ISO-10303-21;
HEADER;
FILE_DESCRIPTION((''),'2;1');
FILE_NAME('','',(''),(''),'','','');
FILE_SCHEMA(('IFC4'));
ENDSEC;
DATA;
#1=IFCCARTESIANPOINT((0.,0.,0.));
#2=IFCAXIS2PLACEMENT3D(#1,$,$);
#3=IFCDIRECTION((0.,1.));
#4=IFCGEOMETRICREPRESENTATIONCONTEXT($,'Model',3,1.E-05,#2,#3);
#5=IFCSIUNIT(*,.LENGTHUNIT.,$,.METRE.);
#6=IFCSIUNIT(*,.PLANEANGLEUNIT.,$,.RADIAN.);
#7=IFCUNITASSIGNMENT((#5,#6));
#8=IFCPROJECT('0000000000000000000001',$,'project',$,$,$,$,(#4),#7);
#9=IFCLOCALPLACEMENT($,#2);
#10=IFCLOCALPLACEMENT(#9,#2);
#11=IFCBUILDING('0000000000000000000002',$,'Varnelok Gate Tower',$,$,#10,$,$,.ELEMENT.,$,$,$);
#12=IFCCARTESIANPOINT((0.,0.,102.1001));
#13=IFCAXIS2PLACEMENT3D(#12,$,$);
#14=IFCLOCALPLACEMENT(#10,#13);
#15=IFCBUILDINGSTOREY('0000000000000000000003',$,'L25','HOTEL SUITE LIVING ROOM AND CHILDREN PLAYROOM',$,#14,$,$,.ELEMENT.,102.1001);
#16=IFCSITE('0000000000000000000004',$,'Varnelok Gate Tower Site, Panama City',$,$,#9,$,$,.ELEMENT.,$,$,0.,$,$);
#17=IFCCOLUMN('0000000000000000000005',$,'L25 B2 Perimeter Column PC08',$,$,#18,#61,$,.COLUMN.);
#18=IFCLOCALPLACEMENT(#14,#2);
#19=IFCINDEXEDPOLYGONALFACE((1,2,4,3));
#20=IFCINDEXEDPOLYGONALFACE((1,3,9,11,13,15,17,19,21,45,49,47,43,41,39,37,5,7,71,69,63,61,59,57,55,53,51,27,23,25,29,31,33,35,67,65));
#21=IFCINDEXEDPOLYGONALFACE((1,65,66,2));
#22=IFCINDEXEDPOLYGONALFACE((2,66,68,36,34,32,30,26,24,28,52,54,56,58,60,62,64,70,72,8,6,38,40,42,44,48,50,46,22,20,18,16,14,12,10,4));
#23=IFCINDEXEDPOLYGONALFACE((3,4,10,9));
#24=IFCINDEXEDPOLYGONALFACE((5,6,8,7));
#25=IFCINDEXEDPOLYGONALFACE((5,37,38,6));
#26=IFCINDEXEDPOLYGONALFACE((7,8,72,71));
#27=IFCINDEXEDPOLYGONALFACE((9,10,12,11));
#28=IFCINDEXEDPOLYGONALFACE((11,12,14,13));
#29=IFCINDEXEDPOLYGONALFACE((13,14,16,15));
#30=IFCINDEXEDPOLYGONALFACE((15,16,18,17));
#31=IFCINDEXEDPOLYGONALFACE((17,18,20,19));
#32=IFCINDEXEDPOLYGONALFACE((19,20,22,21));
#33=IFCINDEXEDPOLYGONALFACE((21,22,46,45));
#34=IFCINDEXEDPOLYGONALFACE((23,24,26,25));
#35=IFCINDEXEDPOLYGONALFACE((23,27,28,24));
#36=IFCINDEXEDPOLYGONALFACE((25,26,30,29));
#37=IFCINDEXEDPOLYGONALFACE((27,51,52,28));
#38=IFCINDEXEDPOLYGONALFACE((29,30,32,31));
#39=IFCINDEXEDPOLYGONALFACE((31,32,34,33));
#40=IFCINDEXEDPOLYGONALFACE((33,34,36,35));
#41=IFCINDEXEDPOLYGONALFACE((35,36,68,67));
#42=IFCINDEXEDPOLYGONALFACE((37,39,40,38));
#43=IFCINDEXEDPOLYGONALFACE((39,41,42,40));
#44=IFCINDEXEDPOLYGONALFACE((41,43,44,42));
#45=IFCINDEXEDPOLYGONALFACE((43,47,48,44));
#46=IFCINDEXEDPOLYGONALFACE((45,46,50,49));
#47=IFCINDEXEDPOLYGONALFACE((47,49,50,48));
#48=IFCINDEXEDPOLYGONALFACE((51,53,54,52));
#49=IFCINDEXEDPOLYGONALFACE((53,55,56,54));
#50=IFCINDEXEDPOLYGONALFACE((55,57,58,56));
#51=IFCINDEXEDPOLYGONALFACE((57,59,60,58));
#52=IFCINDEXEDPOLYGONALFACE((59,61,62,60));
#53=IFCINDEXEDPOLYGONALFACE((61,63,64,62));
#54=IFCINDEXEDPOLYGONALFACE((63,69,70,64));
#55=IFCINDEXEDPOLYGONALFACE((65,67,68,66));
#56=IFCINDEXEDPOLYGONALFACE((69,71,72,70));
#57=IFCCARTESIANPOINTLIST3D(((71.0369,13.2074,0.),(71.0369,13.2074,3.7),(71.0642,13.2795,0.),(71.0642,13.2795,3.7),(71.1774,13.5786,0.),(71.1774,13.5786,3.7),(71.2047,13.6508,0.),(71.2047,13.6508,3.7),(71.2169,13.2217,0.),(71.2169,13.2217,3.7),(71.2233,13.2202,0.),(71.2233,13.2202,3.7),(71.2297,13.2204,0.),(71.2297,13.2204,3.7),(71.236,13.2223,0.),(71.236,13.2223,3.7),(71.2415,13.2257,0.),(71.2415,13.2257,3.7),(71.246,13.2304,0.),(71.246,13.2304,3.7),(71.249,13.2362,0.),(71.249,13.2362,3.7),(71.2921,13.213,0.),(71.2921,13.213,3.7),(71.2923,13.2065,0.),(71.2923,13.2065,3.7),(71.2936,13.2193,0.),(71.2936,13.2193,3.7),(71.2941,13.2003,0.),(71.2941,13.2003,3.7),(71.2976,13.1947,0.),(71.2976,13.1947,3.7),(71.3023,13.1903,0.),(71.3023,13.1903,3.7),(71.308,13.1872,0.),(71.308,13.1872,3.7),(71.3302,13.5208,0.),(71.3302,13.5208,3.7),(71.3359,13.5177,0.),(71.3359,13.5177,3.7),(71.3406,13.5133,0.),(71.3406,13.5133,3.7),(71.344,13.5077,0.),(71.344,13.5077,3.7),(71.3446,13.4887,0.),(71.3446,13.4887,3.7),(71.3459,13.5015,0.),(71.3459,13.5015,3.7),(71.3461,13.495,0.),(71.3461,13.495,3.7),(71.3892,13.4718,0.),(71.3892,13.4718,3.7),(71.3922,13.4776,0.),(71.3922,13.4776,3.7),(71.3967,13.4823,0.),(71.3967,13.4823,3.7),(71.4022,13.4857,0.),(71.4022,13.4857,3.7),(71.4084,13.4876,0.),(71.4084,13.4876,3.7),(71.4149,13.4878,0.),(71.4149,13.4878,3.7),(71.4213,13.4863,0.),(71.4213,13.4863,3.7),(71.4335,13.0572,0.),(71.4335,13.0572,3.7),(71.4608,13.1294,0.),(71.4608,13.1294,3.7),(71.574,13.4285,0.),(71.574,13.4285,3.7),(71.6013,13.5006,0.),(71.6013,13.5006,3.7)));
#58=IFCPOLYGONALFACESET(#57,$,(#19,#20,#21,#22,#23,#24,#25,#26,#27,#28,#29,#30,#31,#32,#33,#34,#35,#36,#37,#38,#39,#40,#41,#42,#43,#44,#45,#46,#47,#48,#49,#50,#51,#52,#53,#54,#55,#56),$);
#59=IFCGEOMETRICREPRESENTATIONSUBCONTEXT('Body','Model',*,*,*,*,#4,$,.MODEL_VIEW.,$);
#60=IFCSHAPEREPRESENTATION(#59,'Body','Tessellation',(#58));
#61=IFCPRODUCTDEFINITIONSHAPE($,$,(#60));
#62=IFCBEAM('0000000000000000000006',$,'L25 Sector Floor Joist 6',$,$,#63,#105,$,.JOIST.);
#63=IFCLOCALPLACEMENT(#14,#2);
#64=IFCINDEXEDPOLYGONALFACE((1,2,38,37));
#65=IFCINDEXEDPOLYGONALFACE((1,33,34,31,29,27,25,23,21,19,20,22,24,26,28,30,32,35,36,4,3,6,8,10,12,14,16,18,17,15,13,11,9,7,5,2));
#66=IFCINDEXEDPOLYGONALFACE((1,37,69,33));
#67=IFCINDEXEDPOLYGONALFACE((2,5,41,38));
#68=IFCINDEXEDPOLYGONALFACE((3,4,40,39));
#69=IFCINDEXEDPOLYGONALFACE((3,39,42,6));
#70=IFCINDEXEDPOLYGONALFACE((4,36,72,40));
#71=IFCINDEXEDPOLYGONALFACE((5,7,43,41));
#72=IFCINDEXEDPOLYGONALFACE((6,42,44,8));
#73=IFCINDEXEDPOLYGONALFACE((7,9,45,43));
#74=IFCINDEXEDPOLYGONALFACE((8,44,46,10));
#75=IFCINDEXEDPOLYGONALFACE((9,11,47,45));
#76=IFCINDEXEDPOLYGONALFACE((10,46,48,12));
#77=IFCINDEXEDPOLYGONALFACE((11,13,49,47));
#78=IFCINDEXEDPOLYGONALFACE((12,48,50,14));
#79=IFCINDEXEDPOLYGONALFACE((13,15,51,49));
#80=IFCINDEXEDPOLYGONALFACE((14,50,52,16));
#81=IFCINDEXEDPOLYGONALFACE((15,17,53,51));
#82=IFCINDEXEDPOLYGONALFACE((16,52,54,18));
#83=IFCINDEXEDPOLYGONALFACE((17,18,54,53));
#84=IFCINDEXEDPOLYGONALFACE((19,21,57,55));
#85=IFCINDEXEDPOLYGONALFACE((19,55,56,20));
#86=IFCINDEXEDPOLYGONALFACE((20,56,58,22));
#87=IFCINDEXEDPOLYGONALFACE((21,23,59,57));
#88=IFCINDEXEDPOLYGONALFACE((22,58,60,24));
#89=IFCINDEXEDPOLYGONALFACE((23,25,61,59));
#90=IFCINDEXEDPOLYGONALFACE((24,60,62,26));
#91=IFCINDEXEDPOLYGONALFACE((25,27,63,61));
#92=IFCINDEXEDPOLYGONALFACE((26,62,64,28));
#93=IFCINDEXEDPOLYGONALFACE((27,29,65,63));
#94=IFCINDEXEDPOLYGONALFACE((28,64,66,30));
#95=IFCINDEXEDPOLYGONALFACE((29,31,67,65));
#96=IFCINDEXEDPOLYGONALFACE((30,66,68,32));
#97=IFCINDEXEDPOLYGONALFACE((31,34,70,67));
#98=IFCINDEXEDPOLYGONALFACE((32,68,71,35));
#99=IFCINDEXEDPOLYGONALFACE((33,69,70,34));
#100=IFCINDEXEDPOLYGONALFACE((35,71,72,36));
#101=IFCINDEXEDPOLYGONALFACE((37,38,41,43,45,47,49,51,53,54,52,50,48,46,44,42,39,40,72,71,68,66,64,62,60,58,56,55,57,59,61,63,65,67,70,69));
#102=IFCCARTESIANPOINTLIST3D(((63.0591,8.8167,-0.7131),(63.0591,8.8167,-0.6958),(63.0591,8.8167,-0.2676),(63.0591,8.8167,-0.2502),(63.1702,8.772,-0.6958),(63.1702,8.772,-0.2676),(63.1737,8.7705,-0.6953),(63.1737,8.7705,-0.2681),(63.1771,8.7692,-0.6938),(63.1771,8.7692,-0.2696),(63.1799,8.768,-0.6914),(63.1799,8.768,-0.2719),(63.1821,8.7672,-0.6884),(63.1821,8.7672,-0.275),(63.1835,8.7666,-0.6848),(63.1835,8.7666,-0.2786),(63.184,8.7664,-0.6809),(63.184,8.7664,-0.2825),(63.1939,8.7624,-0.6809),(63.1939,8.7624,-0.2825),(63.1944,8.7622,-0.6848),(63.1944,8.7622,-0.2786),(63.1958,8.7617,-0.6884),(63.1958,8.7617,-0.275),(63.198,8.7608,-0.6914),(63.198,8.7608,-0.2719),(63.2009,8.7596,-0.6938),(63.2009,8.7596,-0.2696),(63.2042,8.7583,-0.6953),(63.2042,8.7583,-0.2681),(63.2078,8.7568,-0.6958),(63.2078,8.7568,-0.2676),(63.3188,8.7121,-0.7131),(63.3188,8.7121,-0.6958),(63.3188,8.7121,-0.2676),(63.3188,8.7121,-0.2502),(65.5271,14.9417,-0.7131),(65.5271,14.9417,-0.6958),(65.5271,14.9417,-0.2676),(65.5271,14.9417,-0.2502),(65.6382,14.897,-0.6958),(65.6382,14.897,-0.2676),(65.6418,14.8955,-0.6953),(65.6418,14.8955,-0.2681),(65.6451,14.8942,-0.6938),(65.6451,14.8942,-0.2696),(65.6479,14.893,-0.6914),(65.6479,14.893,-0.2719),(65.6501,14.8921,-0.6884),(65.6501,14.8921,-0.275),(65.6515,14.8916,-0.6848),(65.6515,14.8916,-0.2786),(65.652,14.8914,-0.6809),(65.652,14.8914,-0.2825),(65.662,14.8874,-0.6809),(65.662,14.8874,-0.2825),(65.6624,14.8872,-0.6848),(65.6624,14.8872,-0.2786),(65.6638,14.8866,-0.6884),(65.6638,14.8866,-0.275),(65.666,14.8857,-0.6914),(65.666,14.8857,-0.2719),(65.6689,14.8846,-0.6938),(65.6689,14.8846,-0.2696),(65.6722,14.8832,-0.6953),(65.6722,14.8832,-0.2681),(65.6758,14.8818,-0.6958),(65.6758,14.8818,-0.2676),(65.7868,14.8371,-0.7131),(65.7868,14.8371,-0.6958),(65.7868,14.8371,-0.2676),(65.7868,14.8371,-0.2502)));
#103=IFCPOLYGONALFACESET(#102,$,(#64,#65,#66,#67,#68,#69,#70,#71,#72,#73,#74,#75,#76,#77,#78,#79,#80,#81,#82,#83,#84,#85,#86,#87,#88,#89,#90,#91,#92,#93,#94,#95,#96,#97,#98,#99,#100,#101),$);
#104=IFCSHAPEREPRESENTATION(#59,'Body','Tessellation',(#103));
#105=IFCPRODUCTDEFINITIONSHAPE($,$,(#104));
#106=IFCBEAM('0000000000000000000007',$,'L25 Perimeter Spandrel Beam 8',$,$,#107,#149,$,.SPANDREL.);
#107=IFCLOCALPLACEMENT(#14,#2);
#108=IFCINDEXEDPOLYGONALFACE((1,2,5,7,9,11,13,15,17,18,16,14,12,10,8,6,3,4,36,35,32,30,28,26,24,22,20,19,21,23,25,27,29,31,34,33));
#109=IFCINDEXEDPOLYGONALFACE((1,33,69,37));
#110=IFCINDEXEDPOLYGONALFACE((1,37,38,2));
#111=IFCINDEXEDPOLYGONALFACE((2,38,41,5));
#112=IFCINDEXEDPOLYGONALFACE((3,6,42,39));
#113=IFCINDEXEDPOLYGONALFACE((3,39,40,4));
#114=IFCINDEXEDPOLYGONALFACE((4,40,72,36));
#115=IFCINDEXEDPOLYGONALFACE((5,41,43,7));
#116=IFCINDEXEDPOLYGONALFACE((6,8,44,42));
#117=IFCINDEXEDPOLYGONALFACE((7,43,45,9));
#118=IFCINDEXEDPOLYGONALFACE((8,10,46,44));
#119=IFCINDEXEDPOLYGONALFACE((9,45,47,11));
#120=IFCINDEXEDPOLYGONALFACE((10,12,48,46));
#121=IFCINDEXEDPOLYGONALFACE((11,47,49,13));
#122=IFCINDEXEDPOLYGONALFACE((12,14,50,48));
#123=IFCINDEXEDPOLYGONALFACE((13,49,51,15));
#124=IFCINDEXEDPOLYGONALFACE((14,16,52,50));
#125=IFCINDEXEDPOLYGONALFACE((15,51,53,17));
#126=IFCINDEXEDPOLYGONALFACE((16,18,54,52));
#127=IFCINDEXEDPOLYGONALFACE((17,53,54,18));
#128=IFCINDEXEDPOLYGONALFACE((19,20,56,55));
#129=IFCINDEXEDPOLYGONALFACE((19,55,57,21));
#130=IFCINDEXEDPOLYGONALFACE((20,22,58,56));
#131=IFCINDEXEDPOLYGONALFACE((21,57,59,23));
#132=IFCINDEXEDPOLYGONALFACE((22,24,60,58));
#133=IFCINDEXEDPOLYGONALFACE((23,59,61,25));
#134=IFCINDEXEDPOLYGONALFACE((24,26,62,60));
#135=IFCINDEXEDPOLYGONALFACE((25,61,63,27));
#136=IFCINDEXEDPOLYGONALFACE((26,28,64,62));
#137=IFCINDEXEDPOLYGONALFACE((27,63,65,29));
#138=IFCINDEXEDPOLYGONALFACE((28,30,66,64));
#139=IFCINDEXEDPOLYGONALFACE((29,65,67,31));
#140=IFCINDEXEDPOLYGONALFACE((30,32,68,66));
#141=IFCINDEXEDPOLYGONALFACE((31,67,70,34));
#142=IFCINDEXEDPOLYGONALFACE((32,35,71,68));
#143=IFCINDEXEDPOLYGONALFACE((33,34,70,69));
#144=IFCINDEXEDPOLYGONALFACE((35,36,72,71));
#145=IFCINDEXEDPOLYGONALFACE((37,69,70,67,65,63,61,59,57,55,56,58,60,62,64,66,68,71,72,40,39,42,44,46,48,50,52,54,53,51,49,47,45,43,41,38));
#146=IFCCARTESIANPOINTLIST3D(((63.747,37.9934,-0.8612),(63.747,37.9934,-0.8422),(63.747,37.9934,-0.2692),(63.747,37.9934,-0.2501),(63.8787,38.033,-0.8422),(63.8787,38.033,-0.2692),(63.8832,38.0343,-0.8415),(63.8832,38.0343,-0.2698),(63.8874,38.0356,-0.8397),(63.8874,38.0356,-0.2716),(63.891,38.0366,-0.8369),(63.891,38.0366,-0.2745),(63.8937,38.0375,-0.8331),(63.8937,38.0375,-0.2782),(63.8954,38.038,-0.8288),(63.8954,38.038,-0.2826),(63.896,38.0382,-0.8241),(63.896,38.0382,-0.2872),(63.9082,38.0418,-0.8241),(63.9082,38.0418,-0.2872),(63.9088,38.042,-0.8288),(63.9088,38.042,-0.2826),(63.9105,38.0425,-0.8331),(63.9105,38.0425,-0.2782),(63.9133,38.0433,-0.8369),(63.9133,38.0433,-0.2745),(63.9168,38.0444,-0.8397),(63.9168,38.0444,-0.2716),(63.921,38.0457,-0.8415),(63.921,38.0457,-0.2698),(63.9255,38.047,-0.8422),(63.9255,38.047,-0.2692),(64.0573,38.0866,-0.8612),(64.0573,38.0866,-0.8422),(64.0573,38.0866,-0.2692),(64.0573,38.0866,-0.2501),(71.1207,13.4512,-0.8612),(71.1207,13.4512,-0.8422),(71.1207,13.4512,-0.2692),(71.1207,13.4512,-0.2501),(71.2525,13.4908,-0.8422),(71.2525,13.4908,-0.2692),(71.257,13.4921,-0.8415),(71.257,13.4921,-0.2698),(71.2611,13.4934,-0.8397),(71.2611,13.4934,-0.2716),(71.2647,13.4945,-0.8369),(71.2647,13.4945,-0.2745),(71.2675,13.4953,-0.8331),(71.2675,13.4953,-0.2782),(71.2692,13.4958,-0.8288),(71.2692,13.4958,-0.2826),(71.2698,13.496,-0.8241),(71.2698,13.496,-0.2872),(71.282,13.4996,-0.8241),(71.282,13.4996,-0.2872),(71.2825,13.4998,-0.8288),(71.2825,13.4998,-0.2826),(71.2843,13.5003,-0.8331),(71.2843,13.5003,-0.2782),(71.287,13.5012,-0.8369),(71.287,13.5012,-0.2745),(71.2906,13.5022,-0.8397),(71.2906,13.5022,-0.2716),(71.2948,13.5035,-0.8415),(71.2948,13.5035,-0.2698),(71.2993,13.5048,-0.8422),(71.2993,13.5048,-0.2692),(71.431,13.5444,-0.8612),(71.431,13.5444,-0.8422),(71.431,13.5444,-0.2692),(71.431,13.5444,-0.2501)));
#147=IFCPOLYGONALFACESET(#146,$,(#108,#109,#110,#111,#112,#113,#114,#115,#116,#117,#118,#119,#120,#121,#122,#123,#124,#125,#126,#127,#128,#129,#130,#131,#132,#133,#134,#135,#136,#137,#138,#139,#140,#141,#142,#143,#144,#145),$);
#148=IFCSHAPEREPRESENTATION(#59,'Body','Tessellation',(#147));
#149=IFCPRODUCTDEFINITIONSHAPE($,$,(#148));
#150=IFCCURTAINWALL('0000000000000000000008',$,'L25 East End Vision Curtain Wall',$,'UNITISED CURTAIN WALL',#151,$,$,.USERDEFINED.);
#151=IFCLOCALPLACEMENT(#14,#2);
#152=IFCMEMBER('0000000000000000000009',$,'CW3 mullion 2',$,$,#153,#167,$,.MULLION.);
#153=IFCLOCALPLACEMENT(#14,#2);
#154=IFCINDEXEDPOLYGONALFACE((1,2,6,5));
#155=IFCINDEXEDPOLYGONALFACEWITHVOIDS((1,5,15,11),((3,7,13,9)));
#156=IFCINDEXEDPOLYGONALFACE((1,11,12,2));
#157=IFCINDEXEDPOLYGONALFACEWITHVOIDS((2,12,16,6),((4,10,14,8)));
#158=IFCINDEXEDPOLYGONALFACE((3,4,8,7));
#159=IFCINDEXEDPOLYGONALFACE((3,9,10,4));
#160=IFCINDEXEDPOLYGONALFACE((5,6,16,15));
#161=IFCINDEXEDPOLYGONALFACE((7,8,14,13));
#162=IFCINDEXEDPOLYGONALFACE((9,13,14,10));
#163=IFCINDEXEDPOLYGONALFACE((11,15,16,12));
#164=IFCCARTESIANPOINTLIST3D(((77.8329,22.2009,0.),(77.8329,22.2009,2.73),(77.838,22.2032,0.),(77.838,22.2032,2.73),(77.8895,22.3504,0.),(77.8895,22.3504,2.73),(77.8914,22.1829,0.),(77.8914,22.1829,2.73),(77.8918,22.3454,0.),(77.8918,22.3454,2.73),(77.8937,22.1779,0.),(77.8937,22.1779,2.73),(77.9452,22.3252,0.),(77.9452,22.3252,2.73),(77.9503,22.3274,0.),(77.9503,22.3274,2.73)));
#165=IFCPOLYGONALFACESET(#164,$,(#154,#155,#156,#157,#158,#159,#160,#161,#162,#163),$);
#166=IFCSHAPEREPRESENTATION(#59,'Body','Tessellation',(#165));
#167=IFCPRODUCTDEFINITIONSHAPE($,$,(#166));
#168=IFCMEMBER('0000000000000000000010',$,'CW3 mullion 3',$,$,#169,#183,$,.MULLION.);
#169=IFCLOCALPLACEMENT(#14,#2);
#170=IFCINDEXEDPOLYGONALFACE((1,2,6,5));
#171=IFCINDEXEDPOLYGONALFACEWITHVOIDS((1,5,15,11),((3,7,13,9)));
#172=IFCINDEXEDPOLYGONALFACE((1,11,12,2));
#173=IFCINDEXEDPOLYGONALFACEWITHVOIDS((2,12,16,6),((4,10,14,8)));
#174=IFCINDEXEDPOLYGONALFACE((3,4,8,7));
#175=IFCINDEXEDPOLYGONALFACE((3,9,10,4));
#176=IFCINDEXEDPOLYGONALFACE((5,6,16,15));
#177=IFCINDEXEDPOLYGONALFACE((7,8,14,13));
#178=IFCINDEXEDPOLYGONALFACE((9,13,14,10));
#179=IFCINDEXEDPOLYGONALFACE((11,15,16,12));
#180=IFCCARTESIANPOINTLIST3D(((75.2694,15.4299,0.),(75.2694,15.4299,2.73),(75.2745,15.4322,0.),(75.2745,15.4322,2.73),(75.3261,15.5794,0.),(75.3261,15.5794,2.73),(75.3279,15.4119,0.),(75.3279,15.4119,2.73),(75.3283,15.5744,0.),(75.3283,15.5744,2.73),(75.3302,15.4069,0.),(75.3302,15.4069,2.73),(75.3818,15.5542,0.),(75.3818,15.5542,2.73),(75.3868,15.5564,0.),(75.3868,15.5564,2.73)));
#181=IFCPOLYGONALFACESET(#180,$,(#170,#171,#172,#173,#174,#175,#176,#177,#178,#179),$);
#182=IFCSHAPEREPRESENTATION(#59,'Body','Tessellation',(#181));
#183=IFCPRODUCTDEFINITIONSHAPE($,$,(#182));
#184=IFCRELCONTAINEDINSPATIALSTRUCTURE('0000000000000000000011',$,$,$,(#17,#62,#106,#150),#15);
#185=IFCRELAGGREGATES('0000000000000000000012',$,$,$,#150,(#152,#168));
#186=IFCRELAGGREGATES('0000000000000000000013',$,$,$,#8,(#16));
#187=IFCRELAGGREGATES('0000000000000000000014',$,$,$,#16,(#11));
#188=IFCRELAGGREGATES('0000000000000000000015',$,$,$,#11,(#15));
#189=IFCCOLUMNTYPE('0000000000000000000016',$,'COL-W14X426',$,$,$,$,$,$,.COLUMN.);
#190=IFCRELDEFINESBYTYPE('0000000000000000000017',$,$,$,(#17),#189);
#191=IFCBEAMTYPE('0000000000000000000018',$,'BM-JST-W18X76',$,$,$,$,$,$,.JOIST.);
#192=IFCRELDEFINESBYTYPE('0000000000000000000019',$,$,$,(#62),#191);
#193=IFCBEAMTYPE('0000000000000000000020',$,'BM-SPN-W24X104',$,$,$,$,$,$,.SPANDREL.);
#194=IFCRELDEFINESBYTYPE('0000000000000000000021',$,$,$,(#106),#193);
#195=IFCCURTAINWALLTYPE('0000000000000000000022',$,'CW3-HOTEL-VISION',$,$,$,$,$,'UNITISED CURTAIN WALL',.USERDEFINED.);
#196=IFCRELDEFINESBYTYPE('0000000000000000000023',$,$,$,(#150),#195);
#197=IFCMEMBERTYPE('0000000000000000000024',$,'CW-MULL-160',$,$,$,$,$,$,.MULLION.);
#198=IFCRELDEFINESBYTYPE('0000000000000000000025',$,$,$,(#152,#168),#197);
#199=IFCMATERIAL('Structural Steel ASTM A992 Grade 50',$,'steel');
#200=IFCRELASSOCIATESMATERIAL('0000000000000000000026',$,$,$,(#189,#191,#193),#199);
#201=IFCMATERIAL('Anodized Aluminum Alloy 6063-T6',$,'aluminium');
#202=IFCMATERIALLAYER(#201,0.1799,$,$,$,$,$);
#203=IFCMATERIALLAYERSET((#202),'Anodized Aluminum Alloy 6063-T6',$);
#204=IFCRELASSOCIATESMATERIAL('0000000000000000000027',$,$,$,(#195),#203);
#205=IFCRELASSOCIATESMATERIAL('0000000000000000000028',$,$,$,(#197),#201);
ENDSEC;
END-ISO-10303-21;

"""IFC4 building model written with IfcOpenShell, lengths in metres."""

from ifc_helpers import new_model, si_unit, direction, frame, origin, origin_2d, place, context, subcontext, project, spatial, hollow_rectangle, i_section, extrude, material, layer, layer_set, material_profile, profile_set, type_object, element, aggregate, save


model = new_model("IFC4")

# Units and contexts
model_context = context("Model", 3, precision=1e-05, world=origin(), true_north=direction((0.0, 1.0)))
body_context = subcontext(model_context, "Body", "Model", "MODEL_VIEW")
ifc_project = project(units=[si_unit("LENGTHUNIT", "METRE"), si_unit("PLANEANGLEUNIT", "RADIAN")], contexts=[model_context])

# Site, building, storey
site_placement = place(None, origin())
site = spatial("IfcSite", under=ifc_project, at=site_placement, Name="Varnelok Gate Tower Site, Panama City", CompositionType="ELEMENT", RefElevation=0.0)
building_placement = place(site_placement, origin())
building = spatial("IfcBuilding", under=site, at=building_placement, Name="Varnelok Gate Tower", CompositionType="ELEMENT")
storey_placement = place(building_placement, frame((0.0, 0.0, 102.1001)))
storey = spatial("IfcBuildingStorey", under=building, at=storey_placement, Name="L25", Description="HOTEL SUITE LIVING ROOM AND CHILDREN PLAYROOM", CompositionType="ELEMENT", Elevation=102.1001)

# Column
ifc_material_1 = material(Name="Structural Steel ASTM A992 Grade 50", Category="steel")
ifc_material_profile_1 = material_profile(ifc_material_1, i_section(OverallWidth=0.4241, OverallDepth=0.4741, WebThickness=0.0476, FlangeThickness=0.0771, FilletRadius=0.0249, at=origin_2d()), Name="W14X426")
ifc_profile_set_1 = profile_set([ifc_material_profile_1], Name="Structural Steel ASTM A992 Grade 50")
column_type = type_object("IfcColumnType", Name="COL-W14X426", PredefinedType="COLUMN", material=ifc_profile_set_1)
column_placement = place(storey_placement, frame((71.3191, 13.354, 0.0), z_axis=(0.0, 0.0, 1.0), x_axis=(0.935222, -0.354063, 0.0)))
element("IfcColumn", 1, at=column_placement, inside=storey, type_object=column_type, Name="L25 B2 Perimeter Column PC08", PredefinedType="COLUMN", context=body_context, shape_type="SweptSolid", body=[
    extrude(i_section(OverallWidth=0.4241, OverallDepth=0.4741, WebThickness=0.0476, FlangeThickness=0.0771, FilletRadius=0.0249, at=origin_2d()), origin(), (0.0, 0.0, 1.0), 3.7),
])

# Beams
ifc_material_profile_2 = material_profile(ifc_material_1, i_section(OverallWidth=0.28, OverallDepth=0.4629, WebThickness=0.0107, FlangeThickness=0.0173, FilletRadius=0.0149, at=origin_2d()), Name="W18X76")
ifc_profile_set_2 = profile_set([ifc_material_profile_2], Name="Structural Steel ASTM A992 Grade 50")
beam_type_1 = type_object("IfcBeamType", Name="BM-JST-W18X76", PredefinedType="JOIST", material=ifc_profile_set_2)
beam_1_placement = place(storey_placement, frame((63.189, 8.7644, -0.4817), z_axis=(0.373742, 0.927533, 0.0), x_axis=(-0.927533, 0.373742, 0.0)))
element("IfcBeam", 2, at=beam_1_placement, inside=storey, type_object=beam_type_1, Name="L25 Sector Floor Joist 6", PredefinedType="JOIST", context=body_context, shape_type="SweptSolid", body=[
    extrude(i_section(OverallWidth=0.28, OverallDepth=0.4629, WebThickness=0.0107, FlangeThickness=0.0173, FilletRadius=0.0149, at=origin_2d()), origin(), (0.0, 0.0, 1.0), 6.6035),
])
ifc_material_profile_3 = material_profile(ifc_material_1, i_section(OverallWidth=0.324, OverallDepth=0.6111, WebThickness=0.0127, FlangeThickness=0.019, FilletRadius=0.0181, at=origin_2d()), Name="W24X104")
ifc_profile_set_3 = profile_set([ifc_material_profile_3], Name="Structural Steel ASTM A992 Grade 50")
beam_type_2 = type_object("IfcBeamType", Name="BM-SPN-W24X104", PredefinedType="SPANDREL", material=ifc_profile_set_3)
beam_2_placement = place(storey_placement, frame((71.2759, 13.4978, -0.5557), z_axis=(-0.287746, 0.957707, 0.0), x_axis=(-0.957707, -0.287746, 0.0)))
element("IfcBeam", 3, at=beam_2_placement, inside=storey, type_object=beam_type_2, Name="L25 Perimeter Spandrel Beam 8", PredefinedType="SPANDREL", context=body_context, shape_type="SweptSolid", body=[
    extrude(i_section(OverallWidth=0.324, OverallDepth=0.6111, WebThickness=0.0127, FlangeThickness=0.019, FilletRadius=0.0181, at=origin_2d()), origin(), (0.0, 0.0, 1.0), 25.626),
])

# Curtain wall, members
ifc_material_2 = material(Name="Anodized Aluminum Alloy 6063-T6", Category="aluminium")
ifc_layer_1 = layer(ifc_material_2, 0.1799)
ifc_layer_set_1 = layer_set([ifc_layer_1], Name="Anodized Aluminum Alloy 6063-T6")
curtain_wall_type = type_object("IfcCurtainWallType", Name="CW3-HOTEL-VISION", ElementType="UNITISED CURTAIN WALL", PredefinedType="USERDEFINED", material=ifc_layer_set_1)
curtain_wall_placement = place(storey_placement, origin())
curtain_wall = element("IfcCurtainWall", 4, at=curtain_wall_placement, inside=storey, type_object=curtain_wall_type, Name="L25 East End Vision Curtain Wall", ObjectType="UNITISED CURTAIN WALL", PredefinedType="USERDEFINED")
ifc_material_profile_4 = material_profile(ifc_material_2, hollow_rectangle(XDim=0.0649, YDim=0.1599, WallThickness=0.0039, at=origin_2d()), Name="ALU160X65X4")
ifc_profile_set_4 = profile_set([ifc_material_profile_4], Name="Anodized Aluminum Alloy 6063-T6")
member_type_1 = type_object("IfcMemberType", Name="CW-MULL-160", PredefinedType="MULLION", material=ifc_profile_set_4)
member_1_placement = place(storey_placement, frame((77.8916, 22.2642, 0.0), z_axis=(0.0, 0.0, 1.0), x_axis=(0.935221, -0.354064, 0.0)))
member_1 = element("IfcMember", 5, at=member_1_placement, type_object=member_type_1, Name="CW3 mullion 2", PredefinedType="MULLION", context=body_context, shape_type="SweptSolid", body=[
    extrude(hollow_rectangle(XDim=0.0649, YDim=0.1599, WallThickness=0.0039, at=origin_2d()), origin(), (0.0, 0.0, 1.0), 2.73),
])
member_2_placement = place(storey_placement, frame((75.3281, 15.4932, 0.0), z_axis=(0.0, 0.0, 1.0), x_axis=(0.935221, -0.354064, 0.0)))
member_2 = element("IfcMember", 6, at=member_2_placement, type_object=member_type_1, Name="CW3 mullion 3", PredefinedType="MULLION", context=body_context, shape_type="SweptSolid", body=[
    extrude(hollow_rectangle(XDim=0.0649, YDim=0.1599, WallThickness=0.0039, at=origin_2d()), origin(), (0.0, 0.0, 1.0), 2.73),
])
aggregate(curtain_wall, [member_1, member_2])

save(model, "model.ifc")
